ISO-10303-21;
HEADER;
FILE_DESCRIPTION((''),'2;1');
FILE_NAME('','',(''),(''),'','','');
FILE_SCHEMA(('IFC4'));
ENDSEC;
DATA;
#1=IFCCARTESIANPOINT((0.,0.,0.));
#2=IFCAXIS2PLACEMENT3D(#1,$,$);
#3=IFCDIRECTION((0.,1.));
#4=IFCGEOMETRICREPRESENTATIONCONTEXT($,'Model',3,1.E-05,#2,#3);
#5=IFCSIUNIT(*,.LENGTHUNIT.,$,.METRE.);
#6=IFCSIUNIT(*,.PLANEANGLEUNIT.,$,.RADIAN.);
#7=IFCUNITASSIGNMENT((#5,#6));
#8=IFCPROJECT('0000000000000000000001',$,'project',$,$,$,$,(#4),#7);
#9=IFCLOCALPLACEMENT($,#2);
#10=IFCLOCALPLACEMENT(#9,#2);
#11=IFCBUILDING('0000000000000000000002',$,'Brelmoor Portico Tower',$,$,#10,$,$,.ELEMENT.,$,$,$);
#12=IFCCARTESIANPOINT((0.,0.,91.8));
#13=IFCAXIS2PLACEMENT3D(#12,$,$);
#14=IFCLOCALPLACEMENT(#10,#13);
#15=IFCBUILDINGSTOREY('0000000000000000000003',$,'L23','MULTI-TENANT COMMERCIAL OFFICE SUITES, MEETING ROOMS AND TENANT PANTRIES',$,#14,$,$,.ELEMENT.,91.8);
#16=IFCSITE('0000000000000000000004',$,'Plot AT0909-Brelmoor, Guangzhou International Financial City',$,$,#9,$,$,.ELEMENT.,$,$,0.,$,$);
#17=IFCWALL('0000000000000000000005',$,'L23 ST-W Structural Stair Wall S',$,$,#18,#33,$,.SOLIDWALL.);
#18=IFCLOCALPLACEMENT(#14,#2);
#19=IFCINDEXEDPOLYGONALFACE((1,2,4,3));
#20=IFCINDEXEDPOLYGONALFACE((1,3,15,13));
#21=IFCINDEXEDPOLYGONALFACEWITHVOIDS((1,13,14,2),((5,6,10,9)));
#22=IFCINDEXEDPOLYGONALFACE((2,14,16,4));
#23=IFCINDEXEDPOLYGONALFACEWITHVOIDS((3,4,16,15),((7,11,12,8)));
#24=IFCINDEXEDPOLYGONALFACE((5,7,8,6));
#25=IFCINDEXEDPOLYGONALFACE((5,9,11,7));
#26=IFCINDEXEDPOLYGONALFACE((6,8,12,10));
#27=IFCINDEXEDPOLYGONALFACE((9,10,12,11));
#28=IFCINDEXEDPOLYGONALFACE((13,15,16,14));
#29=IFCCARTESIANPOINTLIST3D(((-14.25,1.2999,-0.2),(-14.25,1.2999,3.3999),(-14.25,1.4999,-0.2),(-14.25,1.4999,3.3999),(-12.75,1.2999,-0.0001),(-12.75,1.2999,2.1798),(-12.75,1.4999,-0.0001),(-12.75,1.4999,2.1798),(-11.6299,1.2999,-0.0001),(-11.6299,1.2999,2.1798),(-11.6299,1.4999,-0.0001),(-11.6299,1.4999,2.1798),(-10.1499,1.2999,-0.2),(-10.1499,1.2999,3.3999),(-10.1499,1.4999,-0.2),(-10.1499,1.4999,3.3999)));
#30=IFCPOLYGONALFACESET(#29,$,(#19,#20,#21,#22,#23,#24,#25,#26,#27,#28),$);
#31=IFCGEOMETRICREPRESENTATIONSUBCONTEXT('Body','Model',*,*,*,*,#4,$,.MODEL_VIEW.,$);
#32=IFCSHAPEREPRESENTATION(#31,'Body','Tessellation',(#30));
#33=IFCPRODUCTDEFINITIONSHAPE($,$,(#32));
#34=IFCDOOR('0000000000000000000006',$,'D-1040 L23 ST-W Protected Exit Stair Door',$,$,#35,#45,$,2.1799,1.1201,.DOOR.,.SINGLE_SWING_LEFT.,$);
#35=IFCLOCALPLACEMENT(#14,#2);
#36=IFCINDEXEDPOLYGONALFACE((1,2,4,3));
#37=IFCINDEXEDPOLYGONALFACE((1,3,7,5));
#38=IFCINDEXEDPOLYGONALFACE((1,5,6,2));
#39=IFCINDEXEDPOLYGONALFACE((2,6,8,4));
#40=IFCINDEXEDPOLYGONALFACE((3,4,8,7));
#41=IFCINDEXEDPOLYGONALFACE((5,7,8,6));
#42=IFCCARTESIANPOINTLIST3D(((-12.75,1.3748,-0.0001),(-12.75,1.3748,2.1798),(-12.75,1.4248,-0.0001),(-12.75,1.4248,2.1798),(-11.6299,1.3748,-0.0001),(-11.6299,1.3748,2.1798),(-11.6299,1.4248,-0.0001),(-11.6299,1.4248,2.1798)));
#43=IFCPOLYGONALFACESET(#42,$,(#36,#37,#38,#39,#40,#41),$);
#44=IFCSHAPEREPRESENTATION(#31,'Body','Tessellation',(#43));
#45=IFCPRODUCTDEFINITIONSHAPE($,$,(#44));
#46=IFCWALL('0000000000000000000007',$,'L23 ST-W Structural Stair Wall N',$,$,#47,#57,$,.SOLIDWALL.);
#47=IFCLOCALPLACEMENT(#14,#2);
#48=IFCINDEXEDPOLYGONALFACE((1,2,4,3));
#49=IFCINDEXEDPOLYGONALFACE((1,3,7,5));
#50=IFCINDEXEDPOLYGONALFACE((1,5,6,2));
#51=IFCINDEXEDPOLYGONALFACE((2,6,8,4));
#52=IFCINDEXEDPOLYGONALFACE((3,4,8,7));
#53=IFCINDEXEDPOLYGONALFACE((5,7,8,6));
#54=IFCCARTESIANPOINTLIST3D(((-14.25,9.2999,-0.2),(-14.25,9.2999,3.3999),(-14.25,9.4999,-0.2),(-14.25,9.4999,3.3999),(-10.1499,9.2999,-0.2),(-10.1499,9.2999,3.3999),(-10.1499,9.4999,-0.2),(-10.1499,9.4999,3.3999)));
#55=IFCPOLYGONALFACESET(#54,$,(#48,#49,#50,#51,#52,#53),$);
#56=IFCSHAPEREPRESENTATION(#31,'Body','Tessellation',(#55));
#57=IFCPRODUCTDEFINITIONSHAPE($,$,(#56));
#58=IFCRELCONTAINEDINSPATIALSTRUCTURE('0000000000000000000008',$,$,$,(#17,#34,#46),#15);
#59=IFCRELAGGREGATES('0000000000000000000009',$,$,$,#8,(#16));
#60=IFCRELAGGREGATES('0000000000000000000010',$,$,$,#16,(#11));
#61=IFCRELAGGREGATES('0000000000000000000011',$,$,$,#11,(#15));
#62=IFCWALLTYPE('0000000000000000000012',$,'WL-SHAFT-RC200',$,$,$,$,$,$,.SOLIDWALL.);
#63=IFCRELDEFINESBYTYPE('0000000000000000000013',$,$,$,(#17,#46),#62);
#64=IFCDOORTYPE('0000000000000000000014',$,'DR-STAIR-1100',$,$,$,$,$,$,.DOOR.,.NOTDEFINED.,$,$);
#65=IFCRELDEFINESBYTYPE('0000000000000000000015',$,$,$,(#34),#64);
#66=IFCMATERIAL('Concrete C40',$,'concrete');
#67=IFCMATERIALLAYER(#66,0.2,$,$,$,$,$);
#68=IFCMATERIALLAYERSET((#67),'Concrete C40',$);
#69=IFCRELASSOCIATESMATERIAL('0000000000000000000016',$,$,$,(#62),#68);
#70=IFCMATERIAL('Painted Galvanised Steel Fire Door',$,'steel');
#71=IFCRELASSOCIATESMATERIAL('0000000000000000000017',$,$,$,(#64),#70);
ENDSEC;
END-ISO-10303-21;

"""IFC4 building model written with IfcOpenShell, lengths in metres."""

from ifc_helpers import new_model, si_unit, direction, frame, frame_2d, origin, place, context, subcontext, project, spatial, rectangle, extrude, material, layer, layer_set, type_object, element, fill, save


model = new_model("IFC4")

# Units and contexts
model_context = context("Model", 3, precision=1e-05, world=origin(), true_north=direction((0.0, 1.0)))
body_context = subcontext(model_context, "Body", "Model", "MODEL_VIEW")
ifc_project = project(units=[si_unit("LENGTHUNIT", "METRE"), si_unit("PLANEANGLEUNIT", "RADIAN")], contexts=[model_context])

# Site, building, storey
site_placement = place(None, origin())
site = spatial("IfcSite", under=ifc_project, at=site_placement, Name="Plot AT0909-Brelmoor, Guangzhou International Financial City", CompositionType="ELEMENT", RefElevation=0.0)
building_placement = place(site_placement, origin())
building = spatial("IfcBuilding", under=site, at=building_placement, Name="Brelmoor Portico Tower", CompositionType="ELEMENT")
storey_placement = place(building_placement, frame((0.0, 0.0, 91.8)))
storey = spatial("IfcBuildingStorey", under=building, at=storey_placement, Name="L23", Description="MULTI-TENANT COMMERCIAL OFFICE SUITES, MEETING ROOMS AND TENANT PANTRIES", CompositionType="ELEMENT", Elevation=91.8)

# Shared definitions
ifc_material_1 = material(Name="Concrete C40", Category="concrete")
ifc_layer_1 = layer(ifc_material_1, 0.2)
ifc_layer_set_1 = layer_set([ifc_layer_1], Name="Concrete C40")
wall_type_1 = type_object("IfcWallType", Name="WL-SHAFT-RC200", PredefinedType="SOLIDWALL", material=ifc_layer_set_1)

# Wall, opening, door
wall_1_placement = place(storey_placement, frame((-14.25, 1.3999, -0.2), z_axis=(0.0, 0.0, 1.0), x_axis=(1.0, 0.0, 0.0)))
wall_1 = element("IfcWall", 1, at=wall_1_placement, inside=storey, type_object=wall_type_1, Name="L23 ST-W Structural Stair Wall S", PredefinedType="SOLIDWALL", context=body_context, shape_type="SweptSolid", body=[
    extrude(rectangle(XDim=4.1001, YDim=0.2, at=frame_2d((2.05, 0.0))), origin(), (0.0, 0.0, 1.0), 3.5999),
])
opening_1_placement = place(wall_1_placement, frame((1.5, 0.0, 0.2)))
opening_1 = element("IfcOpeningElement", 2, at=opening_1_placement, cuts=wall_1, PredefinedType="OPENING", context=body_context, shape_type="SweptSolid", body=[
    extrude(rectangle(XDim=1.1201, YDim=2.1799, at=frame_2d((0.5601, 1.0898))), frame((0.0, 0.1099, 0.0), z_axis=(0.0, -1.0, 0.0), x_axis=(1.0, 0.0, 0.0)), (0.0, 0.0, 1.0), 0.22),
])
ifc_material_2 = material(Name="Painted Galvanised Steel Fire Door", Category="steel")
door_type_1 = type_object("IfcDoorType", Name="DR-STAIR-1100", OperationType="NOTDEFINED", PredefinedType="DOOR", material=ifc_material_2)
door_1_placement = place(opening_1_placement, origin())
door_1 = element("IfcDoor", 3, at=door_1_placement, inside=storey, type_object=door_type_1, Name="D-1040 L23 ST-W Protected Exit Stair Door", OperationType="SINGLE_SWING_LEFT", OverallHeight=2.1799, OverallWidth=1.1201, PredefinedType="DOOR", context=body_context, shape_type="SweptSolid", body=[
    extrude(rectangle(XDim=1.1201, YDim=2.1799, at=frame_2d((0.5601, 1.0898))), frame((0.0, 0.0249, 0.0), z_axis=(0.0, -1.0, 0.0), x_axis=(1.0, 0.0, 0.0)), (0.0, 0.0, 1.0), 0.05),
])
fill(opening_1, door_1)

# Wall
wall_2_placement = place(storey_placement, frame((-14.25, 9.3999, -0.2), z_axis=(0.0, 0.0, 1.0), x_axis=(1.0, 0.0, 0.0)))
element("IfcWall", 4, at=wall_2_placement, inside=storey, type_object=wall_type_1, Name="L23 ST-W Structural Stair Wall N", PredefinedType="SOLIDWALL", context=body_context, shape_type="SweptSolid", body=[
    extrude(rectangle(XDim=4.1001, YDim=0.2, at=frame_2d((2.05, 0.0))), origin(), (0.0, 0.0, 1.0), 3.5999),
])

save(model, "model.ifc")
